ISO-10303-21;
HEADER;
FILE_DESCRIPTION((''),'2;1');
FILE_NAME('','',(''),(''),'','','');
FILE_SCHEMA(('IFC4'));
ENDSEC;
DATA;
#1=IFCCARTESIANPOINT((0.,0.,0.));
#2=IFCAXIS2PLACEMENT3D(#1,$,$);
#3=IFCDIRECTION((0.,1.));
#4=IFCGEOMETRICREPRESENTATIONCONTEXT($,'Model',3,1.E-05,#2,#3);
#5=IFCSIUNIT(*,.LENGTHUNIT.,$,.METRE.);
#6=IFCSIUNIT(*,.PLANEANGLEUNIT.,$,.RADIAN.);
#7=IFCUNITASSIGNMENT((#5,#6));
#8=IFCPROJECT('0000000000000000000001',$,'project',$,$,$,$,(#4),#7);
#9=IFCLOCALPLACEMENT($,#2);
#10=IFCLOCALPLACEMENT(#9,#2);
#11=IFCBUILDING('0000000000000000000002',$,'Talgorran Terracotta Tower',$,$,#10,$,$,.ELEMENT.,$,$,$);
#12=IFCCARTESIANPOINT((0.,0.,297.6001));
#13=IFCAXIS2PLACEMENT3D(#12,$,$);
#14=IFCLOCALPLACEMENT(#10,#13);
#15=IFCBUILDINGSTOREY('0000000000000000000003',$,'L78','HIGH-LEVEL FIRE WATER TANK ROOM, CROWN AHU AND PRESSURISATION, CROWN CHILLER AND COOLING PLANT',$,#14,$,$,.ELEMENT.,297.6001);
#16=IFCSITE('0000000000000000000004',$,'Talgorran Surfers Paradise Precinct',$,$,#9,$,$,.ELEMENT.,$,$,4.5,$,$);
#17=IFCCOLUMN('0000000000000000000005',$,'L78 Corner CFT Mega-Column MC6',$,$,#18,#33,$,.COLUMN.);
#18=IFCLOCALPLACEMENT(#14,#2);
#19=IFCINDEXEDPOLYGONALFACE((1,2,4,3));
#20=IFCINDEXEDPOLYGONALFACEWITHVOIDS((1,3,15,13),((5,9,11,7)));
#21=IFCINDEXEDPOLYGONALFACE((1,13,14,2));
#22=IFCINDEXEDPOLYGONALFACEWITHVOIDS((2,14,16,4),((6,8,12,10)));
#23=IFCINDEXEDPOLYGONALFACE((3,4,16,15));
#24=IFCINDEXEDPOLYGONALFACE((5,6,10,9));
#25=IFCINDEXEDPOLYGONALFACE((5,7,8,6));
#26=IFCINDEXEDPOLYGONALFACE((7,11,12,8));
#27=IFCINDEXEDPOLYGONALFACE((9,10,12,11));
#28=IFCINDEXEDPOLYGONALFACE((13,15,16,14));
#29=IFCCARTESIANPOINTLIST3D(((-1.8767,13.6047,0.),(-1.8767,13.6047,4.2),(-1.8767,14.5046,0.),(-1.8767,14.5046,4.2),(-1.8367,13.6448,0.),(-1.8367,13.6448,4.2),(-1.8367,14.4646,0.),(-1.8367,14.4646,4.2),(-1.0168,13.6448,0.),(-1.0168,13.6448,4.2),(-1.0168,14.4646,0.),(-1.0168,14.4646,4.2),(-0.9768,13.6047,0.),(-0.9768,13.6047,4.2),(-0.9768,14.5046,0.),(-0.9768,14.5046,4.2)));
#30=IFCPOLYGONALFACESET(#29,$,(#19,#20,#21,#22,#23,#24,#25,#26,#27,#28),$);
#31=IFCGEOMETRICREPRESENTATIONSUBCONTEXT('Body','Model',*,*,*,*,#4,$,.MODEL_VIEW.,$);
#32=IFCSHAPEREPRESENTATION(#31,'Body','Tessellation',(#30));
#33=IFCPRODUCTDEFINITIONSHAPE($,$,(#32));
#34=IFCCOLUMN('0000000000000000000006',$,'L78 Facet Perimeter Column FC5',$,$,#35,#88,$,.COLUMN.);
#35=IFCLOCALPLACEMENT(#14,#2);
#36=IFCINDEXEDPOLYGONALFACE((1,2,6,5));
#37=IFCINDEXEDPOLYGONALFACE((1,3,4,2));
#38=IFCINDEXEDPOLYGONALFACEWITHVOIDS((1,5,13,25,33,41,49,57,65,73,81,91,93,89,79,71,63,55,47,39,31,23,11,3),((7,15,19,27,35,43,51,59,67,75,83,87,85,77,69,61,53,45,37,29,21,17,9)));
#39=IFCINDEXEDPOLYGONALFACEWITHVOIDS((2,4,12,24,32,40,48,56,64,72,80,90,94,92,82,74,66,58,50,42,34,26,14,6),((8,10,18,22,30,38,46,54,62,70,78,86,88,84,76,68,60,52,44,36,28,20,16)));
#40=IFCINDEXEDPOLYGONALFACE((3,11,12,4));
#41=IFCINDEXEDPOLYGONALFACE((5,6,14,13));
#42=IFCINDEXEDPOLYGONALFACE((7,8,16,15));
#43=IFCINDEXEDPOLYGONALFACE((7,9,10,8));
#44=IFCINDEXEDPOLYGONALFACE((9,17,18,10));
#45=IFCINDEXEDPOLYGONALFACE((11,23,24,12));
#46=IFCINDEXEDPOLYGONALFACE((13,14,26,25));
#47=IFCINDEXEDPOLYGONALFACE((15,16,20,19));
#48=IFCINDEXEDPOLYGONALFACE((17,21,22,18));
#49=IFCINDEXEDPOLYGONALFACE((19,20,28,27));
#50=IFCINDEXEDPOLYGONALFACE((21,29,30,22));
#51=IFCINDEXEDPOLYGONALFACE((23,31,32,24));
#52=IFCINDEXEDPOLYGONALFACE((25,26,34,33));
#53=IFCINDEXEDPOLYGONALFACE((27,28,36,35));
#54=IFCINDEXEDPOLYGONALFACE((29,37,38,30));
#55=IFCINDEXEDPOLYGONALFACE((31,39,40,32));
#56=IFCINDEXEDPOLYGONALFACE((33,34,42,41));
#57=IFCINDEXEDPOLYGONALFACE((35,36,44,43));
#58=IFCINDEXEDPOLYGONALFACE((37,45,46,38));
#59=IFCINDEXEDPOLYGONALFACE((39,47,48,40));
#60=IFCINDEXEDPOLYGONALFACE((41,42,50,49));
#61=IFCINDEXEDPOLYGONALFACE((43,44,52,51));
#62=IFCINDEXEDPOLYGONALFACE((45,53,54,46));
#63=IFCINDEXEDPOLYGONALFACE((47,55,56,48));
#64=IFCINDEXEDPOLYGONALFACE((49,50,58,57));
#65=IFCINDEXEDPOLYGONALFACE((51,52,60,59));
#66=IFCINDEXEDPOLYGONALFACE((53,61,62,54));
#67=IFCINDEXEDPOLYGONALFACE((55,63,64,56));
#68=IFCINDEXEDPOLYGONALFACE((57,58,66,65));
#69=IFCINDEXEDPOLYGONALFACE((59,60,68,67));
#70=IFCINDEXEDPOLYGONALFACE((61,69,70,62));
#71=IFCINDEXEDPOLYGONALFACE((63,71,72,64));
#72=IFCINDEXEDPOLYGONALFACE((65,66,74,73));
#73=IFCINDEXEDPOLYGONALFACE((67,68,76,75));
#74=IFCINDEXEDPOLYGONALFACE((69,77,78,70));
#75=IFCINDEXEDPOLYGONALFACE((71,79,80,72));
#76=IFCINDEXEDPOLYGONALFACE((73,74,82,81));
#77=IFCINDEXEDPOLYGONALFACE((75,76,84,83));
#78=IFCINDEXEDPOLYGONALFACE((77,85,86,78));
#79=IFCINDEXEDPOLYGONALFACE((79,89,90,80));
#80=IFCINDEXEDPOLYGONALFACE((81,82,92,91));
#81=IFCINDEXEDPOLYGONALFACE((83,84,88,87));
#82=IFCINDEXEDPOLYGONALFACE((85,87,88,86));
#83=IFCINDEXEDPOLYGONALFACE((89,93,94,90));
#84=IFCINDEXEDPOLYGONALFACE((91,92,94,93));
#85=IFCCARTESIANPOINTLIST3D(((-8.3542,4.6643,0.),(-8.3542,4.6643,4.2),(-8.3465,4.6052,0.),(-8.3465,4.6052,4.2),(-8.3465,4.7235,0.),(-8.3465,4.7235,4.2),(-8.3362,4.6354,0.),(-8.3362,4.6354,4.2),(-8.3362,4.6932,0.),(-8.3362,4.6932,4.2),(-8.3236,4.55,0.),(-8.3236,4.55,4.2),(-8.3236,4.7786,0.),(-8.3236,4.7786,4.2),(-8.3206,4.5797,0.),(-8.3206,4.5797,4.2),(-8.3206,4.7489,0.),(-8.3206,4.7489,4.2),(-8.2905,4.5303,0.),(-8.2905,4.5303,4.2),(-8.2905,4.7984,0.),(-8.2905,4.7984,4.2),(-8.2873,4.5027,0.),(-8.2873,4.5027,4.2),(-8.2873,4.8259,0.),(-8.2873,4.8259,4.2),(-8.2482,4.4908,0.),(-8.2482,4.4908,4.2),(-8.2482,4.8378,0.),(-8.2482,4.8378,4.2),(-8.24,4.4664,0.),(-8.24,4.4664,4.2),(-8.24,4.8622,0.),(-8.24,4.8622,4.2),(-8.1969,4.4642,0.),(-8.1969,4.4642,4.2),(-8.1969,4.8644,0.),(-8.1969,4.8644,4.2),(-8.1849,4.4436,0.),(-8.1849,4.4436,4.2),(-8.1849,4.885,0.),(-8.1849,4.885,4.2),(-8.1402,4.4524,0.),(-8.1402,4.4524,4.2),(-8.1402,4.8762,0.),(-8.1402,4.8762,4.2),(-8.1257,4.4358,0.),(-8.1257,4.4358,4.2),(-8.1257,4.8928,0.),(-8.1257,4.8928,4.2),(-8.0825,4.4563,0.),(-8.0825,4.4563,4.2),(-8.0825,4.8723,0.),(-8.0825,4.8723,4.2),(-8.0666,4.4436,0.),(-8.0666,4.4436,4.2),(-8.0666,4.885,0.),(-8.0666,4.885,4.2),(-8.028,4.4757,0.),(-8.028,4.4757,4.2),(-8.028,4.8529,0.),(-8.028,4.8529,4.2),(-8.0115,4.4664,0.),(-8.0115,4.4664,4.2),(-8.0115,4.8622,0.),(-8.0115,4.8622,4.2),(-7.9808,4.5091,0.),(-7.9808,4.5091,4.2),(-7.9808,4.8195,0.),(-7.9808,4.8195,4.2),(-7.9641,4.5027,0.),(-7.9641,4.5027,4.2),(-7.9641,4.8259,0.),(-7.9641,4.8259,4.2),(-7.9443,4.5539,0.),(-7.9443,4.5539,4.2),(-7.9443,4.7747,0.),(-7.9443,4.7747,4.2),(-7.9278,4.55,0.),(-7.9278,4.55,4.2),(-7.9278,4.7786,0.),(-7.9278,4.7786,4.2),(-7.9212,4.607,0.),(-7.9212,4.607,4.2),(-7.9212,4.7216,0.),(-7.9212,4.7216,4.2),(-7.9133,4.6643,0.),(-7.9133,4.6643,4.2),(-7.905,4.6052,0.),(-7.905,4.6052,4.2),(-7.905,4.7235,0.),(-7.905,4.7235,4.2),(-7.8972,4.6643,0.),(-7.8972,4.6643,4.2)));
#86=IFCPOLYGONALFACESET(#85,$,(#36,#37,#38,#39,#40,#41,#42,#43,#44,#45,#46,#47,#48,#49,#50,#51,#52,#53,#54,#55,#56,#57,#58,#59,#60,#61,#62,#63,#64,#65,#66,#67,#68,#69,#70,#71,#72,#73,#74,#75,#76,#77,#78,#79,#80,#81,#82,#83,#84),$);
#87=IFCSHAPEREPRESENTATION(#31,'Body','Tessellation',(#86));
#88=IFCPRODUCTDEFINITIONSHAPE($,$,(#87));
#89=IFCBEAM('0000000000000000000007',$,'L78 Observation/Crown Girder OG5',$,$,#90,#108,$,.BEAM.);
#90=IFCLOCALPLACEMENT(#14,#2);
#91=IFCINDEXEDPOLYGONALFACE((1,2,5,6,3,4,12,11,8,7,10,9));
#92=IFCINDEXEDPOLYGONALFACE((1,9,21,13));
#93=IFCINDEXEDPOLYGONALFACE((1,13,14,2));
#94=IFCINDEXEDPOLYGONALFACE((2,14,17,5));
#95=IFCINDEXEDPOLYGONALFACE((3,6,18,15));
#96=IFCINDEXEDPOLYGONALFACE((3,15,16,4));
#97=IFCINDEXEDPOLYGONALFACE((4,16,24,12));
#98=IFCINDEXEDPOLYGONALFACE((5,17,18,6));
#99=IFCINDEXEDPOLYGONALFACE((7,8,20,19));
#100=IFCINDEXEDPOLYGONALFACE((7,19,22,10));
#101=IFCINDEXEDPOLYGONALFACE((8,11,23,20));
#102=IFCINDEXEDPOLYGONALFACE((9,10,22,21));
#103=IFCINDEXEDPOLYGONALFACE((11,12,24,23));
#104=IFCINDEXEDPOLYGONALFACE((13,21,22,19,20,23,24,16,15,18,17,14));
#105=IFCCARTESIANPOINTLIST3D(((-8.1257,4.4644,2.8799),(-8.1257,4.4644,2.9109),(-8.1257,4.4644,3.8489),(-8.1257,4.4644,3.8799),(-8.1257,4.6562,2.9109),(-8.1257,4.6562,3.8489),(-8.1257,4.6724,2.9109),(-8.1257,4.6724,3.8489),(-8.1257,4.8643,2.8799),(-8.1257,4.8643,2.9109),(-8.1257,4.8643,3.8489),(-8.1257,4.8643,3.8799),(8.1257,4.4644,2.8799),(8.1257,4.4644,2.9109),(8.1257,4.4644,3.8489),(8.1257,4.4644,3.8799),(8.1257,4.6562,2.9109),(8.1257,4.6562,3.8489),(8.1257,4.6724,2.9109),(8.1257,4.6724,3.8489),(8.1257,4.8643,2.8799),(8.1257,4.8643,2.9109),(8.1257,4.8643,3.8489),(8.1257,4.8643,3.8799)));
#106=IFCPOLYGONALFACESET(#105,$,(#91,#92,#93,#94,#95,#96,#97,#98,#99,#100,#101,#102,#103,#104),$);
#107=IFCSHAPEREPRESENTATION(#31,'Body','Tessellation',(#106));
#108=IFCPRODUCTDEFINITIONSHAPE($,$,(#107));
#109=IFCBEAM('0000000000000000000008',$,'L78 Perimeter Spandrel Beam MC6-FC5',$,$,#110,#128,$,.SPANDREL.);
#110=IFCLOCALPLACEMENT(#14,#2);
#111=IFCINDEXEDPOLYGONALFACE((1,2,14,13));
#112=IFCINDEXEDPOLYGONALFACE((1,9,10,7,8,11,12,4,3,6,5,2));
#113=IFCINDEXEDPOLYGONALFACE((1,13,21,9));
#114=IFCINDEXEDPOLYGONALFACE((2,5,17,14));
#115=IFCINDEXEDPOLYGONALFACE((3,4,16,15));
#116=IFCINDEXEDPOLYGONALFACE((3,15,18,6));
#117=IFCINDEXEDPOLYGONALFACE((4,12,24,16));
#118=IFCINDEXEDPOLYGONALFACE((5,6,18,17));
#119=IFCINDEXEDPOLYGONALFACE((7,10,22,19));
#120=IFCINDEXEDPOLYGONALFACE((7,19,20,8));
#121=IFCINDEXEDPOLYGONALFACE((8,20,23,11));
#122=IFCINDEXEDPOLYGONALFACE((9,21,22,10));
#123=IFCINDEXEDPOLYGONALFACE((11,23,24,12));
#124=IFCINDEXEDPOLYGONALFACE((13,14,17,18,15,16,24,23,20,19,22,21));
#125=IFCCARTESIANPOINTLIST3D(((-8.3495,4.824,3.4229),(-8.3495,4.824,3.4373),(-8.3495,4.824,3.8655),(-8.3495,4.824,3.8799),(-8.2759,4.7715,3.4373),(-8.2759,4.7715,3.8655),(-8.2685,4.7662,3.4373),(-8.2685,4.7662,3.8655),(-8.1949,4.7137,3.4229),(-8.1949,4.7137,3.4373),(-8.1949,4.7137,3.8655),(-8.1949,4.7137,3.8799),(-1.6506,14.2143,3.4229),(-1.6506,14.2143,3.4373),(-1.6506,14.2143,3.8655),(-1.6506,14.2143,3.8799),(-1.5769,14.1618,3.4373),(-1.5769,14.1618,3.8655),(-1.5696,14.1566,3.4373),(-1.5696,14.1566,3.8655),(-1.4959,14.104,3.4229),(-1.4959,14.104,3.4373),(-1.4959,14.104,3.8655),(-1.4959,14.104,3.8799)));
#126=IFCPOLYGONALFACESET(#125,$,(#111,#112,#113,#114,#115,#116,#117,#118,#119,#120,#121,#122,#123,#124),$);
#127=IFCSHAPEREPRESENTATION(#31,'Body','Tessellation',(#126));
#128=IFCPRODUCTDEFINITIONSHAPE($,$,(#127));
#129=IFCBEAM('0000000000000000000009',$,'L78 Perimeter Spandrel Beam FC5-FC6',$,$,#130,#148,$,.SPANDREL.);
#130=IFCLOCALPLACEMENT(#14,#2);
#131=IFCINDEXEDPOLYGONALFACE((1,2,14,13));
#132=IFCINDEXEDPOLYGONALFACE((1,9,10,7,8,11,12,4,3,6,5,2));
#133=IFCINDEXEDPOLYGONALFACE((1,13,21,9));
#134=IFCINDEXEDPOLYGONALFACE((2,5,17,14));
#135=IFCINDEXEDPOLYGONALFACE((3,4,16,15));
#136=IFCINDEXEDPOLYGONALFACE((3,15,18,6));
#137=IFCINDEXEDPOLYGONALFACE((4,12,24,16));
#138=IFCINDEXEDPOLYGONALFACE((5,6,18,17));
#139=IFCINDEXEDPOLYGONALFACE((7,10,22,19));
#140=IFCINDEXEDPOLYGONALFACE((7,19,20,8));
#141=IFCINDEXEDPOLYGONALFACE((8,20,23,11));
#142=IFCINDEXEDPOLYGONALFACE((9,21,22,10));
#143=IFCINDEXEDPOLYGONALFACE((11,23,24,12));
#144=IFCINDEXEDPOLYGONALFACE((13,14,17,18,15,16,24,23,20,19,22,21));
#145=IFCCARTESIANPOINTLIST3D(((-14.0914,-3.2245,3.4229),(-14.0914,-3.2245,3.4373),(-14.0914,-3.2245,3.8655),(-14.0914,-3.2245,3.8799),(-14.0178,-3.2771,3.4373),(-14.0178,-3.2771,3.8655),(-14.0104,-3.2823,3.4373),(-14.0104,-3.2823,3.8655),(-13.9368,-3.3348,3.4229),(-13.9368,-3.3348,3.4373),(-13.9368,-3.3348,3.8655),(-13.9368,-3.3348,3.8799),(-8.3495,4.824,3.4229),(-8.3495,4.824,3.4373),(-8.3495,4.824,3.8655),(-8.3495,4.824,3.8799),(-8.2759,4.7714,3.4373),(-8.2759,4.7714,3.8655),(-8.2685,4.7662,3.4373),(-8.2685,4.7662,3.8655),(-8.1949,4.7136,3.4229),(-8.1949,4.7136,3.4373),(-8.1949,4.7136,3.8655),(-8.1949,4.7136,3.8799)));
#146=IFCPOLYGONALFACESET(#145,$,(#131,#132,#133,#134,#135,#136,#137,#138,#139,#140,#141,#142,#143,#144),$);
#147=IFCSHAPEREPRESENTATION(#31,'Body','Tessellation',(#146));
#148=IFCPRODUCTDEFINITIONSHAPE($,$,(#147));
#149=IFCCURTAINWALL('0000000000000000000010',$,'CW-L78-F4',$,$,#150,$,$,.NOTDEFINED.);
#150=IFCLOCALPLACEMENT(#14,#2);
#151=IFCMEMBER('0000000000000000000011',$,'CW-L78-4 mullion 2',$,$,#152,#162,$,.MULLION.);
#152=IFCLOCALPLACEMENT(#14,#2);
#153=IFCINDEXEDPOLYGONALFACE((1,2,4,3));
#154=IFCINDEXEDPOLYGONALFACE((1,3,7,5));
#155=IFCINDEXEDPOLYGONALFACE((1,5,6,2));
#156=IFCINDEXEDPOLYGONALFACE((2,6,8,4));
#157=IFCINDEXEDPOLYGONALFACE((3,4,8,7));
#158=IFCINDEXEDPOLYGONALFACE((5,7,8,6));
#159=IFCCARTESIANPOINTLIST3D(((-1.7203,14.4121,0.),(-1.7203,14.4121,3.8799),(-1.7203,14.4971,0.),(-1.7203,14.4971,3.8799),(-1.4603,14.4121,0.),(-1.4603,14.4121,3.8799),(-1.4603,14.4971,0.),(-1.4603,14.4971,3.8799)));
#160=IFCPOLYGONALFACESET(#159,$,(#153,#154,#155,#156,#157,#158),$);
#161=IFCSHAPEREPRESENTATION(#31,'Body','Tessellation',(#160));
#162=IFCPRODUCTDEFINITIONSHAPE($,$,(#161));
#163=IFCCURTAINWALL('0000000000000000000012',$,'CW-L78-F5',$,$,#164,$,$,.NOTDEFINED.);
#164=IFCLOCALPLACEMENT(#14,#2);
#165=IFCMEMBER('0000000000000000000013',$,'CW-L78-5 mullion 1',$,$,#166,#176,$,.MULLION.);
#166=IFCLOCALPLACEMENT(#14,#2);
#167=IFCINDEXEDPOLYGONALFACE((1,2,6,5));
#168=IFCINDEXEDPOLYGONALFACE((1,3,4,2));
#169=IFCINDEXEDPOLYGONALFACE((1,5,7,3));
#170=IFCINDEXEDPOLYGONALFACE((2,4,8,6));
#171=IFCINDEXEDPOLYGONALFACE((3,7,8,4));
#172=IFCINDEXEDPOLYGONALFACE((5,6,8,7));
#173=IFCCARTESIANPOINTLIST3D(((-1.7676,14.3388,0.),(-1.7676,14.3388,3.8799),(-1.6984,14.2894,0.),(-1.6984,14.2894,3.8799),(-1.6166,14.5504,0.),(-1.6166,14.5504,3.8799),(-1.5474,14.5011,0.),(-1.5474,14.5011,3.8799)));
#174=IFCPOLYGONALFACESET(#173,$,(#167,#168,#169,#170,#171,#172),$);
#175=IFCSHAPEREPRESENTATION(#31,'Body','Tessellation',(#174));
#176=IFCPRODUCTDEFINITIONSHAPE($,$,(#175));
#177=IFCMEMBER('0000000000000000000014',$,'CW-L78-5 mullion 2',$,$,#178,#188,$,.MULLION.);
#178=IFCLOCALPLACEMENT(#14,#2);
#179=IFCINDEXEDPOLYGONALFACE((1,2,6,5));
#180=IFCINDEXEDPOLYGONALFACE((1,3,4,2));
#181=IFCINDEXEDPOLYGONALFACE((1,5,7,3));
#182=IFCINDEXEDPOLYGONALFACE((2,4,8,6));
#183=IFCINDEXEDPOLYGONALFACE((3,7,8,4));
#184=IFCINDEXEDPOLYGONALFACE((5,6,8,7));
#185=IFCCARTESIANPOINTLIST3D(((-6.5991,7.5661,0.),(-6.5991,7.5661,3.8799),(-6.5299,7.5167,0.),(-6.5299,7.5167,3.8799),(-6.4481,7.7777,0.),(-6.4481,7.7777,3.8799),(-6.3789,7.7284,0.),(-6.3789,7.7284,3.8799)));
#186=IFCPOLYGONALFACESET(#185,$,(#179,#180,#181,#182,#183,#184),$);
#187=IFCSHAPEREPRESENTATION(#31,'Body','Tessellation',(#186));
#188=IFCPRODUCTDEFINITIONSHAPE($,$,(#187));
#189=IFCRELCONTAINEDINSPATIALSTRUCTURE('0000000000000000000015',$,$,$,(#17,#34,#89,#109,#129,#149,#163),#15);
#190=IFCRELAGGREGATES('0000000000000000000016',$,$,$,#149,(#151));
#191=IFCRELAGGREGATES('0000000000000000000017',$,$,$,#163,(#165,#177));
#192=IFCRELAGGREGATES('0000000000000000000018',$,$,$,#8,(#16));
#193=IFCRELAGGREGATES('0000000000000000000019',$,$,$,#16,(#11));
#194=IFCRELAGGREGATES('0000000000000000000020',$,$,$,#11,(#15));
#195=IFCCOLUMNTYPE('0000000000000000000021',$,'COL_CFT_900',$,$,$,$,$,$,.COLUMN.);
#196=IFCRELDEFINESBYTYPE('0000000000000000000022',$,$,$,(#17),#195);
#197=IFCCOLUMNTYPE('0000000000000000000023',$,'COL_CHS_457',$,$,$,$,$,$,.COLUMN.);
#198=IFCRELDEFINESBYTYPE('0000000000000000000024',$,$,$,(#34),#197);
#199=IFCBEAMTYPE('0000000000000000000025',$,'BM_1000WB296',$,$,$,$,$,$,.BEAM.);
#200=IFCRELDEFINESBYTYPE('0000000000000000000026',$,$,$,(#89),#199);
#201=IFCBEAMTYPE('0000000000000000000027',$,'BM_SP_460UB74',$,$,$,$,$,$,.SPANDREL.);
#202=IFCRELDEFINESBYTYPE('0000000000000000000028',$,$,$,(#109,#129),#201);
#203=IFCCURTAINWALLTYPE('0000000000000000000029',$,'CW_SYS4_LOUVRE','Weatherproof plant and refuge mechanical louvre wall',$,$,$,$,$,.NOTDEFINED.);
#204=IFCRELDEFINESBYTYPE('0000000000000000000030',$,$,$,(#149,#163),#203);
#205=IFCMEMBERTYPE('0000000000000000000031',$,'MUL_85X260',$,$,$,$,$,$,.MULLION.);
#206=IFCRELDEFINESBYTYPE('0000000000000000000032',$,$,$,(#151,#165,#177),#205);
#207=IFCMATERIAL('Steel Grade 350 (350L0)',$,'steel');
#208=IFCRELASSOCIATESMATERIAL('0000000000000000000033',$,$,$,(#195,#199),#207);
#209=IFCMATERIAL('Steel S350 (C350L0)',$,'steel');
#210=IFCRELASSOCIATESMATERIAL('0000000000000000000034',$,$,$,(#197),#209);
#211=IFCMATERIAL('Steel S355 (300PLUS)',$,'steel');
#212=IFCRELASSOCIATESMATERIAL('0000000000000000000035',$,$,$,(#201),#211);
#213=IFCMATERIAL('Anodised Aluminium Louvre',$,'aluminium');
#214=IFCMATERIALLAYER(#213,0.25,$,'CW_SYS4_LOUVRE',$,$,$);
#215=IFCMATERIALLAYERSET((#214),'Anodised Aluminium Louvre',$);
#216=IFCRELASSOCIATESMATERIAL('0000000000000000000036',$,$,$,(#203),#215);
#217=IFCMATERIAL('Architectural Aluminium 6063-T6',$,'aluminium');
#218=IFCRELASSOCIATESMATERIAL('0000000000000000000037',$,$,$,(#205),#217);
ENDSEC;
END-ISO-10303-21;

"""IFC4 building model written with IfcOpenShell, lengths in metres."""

from ifc_helpers import new_model, si_unit, direction, frame, origin, origin_2d, place, context, subcontext, project, spatial, rectangle, hollow_rectangle, hollow_circle, i_section, extrude, material, layer, layer_set, material_profile, profile_set, type_object, element, aggregate, save


model = new_model("IFC4")

# Units and contexts
model_context = context("Model", 3, precision=1e-05, world=origin(), true_north=direction((0.0, 1.0)))
body_context = subcontext(model_context, "Body", "Model", "MODEL_VIEW")
ifc_project = project(units=[si_unit("LENGTHUNIT", "METRE"), si_unit("PLANEANGLEUNIT", "RADIAN")], contexts=[model_context])

# Site, building, storey
site_placement = place(None, origin())
site = spatial("IfcSite", under=ifc_project, at=site_placement, Name="Talgorran Surfers Paradise Precinct", CompositionType="ELEMENT", RefElevation=4.5)
building_placement = place(site_placement, origin())
building = spatial("IfcBuilding", under=site, at=building_placement, Name="Talgorran Terracotta Tower", CompositionType="ELEMENT")
storey_placement = place(building_placement, frame((0.0, 0.0, 297.6001)))
storey = spatial("IfcBuildingStorey", under=building, at=storey_placement, Name="L78", Description="HIGH-LEVEL FIRE WATER TANK ROOM, CROWN AHU AND PRESSURISATION, CROWN CHILLER AND COOLING PLANT", CompositionType="ELEMENT", Elevation=297.6001)

# Columns
ifc_material_1 = material(Name="Steel Grade 350 (350L0)", Category="steel")
ifc_material_profile_1 = material_profile(ifc_material_1, hollow_rectangle(XDim=0.8999, YDim=0.8999, WallThickness=0.04, at=origin_2d()), Name="CFT900X900X40")
ifc_profile_set_1 = profile_set([ifc_material_profile_1], Name="Steel Grade 350 (350L0)")
column_type_1 = type_object("IfcColumnType", Name="COL_CFT_900", PredefinedType="COLUMN", material=ifc_profile_set_1)
column_1_placement = place(storey_placement, frame((-1.4268, 14.0547, 0.0), z_axis=(0.0, 0.0, 1.0), x_axis=(1.0, 0.0, 0.0)))
element("IfcColumn", 1, at=column_1_placement, inside=storey, type_object=column_type_1, Name="L78 Corner CFT Mega-Column MC6", PredefinedType="COLUMN", context=body_context, shape_type="SweptSolid", body=[
    extrude(hollow_rectangle(XDim=0.8999, YDim=0.8999, WallThickness=0.04, at=origin_2d()), origin(), (0.0, 0.0, 1.0), 4.2),
])
ifc_material_2 = material(Name="Steel S350 (C350L0)", Category="steel")
ifc_material_profile_2 = material_profile(ifc_material_2, hollow_circle(Radius=0.2285, WallThickness=0.0161, at=origin_2d()), Name="CHS457X16")
ifc_profile_set_2 = profile_set([ifc_material_profile_2], Name="Steel S350 (C350L0)")
column_type_2 = type_object("IfcColumnType", Name="COL_CHS_457", PredefinedType="COLUMN", material=ifc_profile_set_2)
column_2_placement = place(storey_placement, frame((-8.1257, 4.6643, 0.0), z_axis=(0.0, 0.0, 1.0), x_axis=(1.0, 0.0, 0.0)))
element("IfcColumn", 2, at=column_2_placement, inside=storey, type_object=column_type_2, Name="L78 Facet Perimeter Column FC5", PredefinedType="COLUMN", context=body_context, shape_type="SweptSolid", body=[
    extrude(hollow_circle(Radius=0.2285, WallThickness=0.0161, at=origin_2d()), origin(), (0.0, 0.0, 1.0), 4.2),
])

# Beams
ifc_material_profile_3 = material_profile(ifc_material_1, i_section(OverallWidth=0.3999, OverallDepth=1.0, WebThickness=0.0161, FlangeThickness=0.031, at=origin_2d()), Name="1000WB296")
ifc_profile_set_3 = profile_set([ifc_material_profile_3], Name="Steel Grade 350 (350L0)")
beam_type_1 = type_object("IfcBeamType", Name="BM_1000WB296", PredefinedType="BEAM", material=ifc_profile_set_3)
beam_1_placement = place(storey_placement, frame((-8.1257, 4.6643, 3.3799), z_axis=(1.0, 0.0, 0.0), x_axis=(0.0, 1.0, 0.0)))
element("IfcBeam", 3, at=beam_1_placement, inside=storey, type_object=beam_type_1, Name="L78 Observation/Crown Girder OG5", PredefinedType="BEAM", context=body_context, shape_type="SweptSolid", body=[
    extrude(i_section(OverallWidth=0.3999, OverallDepth=1.0, WebThickness=0.0161, FlangeThickness=0.031, at=origin_2d()), origin(), (0.0, 0.0, 1.0), 16.2515),
])
ifc_material_3 = material(Name="Steel S355 (300PLUS)", Category="steel")
ifc_material_profile_4 = material_profile(ifc_material_3, i_section(OverallWidth=0.1899, OverallDepth=0.457, WebThickness=0.009, FlangeThickness=0.0144, at=origin_2d()), Name="460UB74.6")
ifc_profile_set_4 = profile_set([ifc_material_profile_4], Name="Steel S355 (300PLUS)")
beam_type_2 = type_object("IfcBeamType", Name="BM_SP_460UB74", PredefinedType="SPANDREL", material=ifc_profile_set_4)
beam_2_placement = place(storey_placement, frame((-1.5732, 14.1592, 3.6514), z_axis=(-0.580754, -0.814079, 0.0), x_axis=(0.814079, -0.580754, 0.0)))
element("IfcBeam", 4, at=beam_2_placement, inside=storey, type_object=beam_type_2, Name="L78 Perimeter Spandrel Beam MC6-FC5", PredefinedType="SPANDREL", context=body_context, shape_type="SweptSolid", body=[
    extrude(i_section(OverallWidth=0.1899, OverallDepth=0.457, WebThickness=0.009, FlangeThickness=0.0144, at=origin_2d()), origin(), (0.0, 0.0, 1.0), 11.5349),
])
beam_3_placement = place(storey_placement, frame((-8.2722, 4.7688, 3.6514), z_axis=(-0.580766, -0.81407, 0.0), x_axis=(0.81407, -0.580766, 0.0)))
element("IfcBeam", 5, at=beam_3_placement, inside=storey, type_object=beam_type_2, Name="L78 Perimeter Spandrel Beam FC5-FC6", PredefinedType="SPANDREL", context=body_context, shape_type="SweptSolid", body=[
    extrude(i_section(OverallWidth=0.1899, OverallDepth=0.457, WebThickness=0.009, FlangeThickness=0.0144, at=origin_2d()), origin(), (0.0, 0.0, 1.0), 9.8867),
])

# Curtain wall, member
ifc_material_4 = material(Name="Anodised Aluminium Louvre", Category="aluminium")
ifc_layer_1 = layer(ifc_material_4, 0.25, Name="CW_SYS4_LOUVRE")
ifc_layer_set_1 = layer_set([ifc_layer_1], Name="Anodised Aluminium Louvre")
curtain_wall_type = type_object("IfcCurtainWallType", Name="CW_SYS4_LOUVRE", Description="Weatherproof plant and refuge mechanical louvre wall", PredefinedType="NOTDEFINED", material=ifc_layer_set_1)
curtain_wall_1_placement = place(storey_placement, origin())
curtain_wall_1 = element("IfcCurtainWall", 6, at=curtain_wall_1_placement, inside=storey, type_object=curtain_wall_type, Name="CW-L78-F4", PredefinedType="NOTDEFINED")
ifc_material_5 = material(Name="Architectural Aluminium 6063-T6", Category="aluminium")
ifc_material_profile_5 = material_profile(ifc_material_5, rectangle(XDim=0.085, YDim=0.26, at=origin_2d()), Name="CWM85X260")
ifc_profile_set_5 = profile_set([ifc_material_profile_5], Name="Architectural Aluminium 6063-T6")
member_type_1 = type_object("IfcMemberType", Name="MUL_85X260", PredefinedType="MULLION", material=ifc_profile_set_5)
member_1_placement = place(storey_placement, frame((-1.5903, 14.4546, 0.0), z_axis=(0.0, 0.0, 1.0), x_axis=(0.0, -1.0, 0.0)))
member_1 = element("IfcMember", 7, at=member_1_placement, type_object=member_type_1, Name="CW-L78-4 mullion 2", PredefinedType="MULLION", context=body_context, shape_type="SweptSolid", body=[
    extrude(rectangle(XDim=0.085, YDim=0.26, at=origin_2d()), origin(), (0.0, 0.0, 1.0), 3.8799),
])
aggregate(curtain_wall_1, [member_1])

# Curtain wall, members
curtain_wall_2_placement = place(storey_placement, origin())
curtain_wall_2 = element("IfcCurtainWall", 8, at=curtain_wall_2_placement, inside=storey, type_object=curtain_wall_type, Name="CW-L78-F5", PredefinedType="NOTDEFINED")
member_2_placement = place(storey_placement, frame((-1.6575, 14.4199, 0.0), z_axis=(0.0, 0.0, 1.0), x_axis=(0.814076, -0.580758, 0.0)))
member_2 = element("IfcMember", 9, at=member_2_placement, type_object=member_type_1, Name="CW-L78-5 mullion 1", PredefinedType="MULLION", context=body_context, shape_type="SweptSolid", body=[
    extrude(rectangle(XDim=0.085, YDim=0.26, at=origin_2d()), origin(), (0.0, 0.0, 1.0), 3.8799),
])
member_3_placement = place(storey_placement, frame((-6.489, 7.6472, 0.0), z_axis=(0.0, 0.0, 1.0), x_axis=(0.814076, -0.580758, 0.0)))
member_3 = element("IfcMember", 10, at=member_3_placement, type_object=member_type_1, Name="CW-L78-5 mullion 2", PredefinedType="MULLION", context=body_context, shape_type="SweptSolid", body=[
    extrude(rectangle(XDim=0.085, YDim=0.26, at=origin_2d()), origin(), (0.0, 0.0, 1.0), 3.8799),
])

aggregate(curtain_wall_2, [member_2, member_3])

save(model, "model.ifc")
